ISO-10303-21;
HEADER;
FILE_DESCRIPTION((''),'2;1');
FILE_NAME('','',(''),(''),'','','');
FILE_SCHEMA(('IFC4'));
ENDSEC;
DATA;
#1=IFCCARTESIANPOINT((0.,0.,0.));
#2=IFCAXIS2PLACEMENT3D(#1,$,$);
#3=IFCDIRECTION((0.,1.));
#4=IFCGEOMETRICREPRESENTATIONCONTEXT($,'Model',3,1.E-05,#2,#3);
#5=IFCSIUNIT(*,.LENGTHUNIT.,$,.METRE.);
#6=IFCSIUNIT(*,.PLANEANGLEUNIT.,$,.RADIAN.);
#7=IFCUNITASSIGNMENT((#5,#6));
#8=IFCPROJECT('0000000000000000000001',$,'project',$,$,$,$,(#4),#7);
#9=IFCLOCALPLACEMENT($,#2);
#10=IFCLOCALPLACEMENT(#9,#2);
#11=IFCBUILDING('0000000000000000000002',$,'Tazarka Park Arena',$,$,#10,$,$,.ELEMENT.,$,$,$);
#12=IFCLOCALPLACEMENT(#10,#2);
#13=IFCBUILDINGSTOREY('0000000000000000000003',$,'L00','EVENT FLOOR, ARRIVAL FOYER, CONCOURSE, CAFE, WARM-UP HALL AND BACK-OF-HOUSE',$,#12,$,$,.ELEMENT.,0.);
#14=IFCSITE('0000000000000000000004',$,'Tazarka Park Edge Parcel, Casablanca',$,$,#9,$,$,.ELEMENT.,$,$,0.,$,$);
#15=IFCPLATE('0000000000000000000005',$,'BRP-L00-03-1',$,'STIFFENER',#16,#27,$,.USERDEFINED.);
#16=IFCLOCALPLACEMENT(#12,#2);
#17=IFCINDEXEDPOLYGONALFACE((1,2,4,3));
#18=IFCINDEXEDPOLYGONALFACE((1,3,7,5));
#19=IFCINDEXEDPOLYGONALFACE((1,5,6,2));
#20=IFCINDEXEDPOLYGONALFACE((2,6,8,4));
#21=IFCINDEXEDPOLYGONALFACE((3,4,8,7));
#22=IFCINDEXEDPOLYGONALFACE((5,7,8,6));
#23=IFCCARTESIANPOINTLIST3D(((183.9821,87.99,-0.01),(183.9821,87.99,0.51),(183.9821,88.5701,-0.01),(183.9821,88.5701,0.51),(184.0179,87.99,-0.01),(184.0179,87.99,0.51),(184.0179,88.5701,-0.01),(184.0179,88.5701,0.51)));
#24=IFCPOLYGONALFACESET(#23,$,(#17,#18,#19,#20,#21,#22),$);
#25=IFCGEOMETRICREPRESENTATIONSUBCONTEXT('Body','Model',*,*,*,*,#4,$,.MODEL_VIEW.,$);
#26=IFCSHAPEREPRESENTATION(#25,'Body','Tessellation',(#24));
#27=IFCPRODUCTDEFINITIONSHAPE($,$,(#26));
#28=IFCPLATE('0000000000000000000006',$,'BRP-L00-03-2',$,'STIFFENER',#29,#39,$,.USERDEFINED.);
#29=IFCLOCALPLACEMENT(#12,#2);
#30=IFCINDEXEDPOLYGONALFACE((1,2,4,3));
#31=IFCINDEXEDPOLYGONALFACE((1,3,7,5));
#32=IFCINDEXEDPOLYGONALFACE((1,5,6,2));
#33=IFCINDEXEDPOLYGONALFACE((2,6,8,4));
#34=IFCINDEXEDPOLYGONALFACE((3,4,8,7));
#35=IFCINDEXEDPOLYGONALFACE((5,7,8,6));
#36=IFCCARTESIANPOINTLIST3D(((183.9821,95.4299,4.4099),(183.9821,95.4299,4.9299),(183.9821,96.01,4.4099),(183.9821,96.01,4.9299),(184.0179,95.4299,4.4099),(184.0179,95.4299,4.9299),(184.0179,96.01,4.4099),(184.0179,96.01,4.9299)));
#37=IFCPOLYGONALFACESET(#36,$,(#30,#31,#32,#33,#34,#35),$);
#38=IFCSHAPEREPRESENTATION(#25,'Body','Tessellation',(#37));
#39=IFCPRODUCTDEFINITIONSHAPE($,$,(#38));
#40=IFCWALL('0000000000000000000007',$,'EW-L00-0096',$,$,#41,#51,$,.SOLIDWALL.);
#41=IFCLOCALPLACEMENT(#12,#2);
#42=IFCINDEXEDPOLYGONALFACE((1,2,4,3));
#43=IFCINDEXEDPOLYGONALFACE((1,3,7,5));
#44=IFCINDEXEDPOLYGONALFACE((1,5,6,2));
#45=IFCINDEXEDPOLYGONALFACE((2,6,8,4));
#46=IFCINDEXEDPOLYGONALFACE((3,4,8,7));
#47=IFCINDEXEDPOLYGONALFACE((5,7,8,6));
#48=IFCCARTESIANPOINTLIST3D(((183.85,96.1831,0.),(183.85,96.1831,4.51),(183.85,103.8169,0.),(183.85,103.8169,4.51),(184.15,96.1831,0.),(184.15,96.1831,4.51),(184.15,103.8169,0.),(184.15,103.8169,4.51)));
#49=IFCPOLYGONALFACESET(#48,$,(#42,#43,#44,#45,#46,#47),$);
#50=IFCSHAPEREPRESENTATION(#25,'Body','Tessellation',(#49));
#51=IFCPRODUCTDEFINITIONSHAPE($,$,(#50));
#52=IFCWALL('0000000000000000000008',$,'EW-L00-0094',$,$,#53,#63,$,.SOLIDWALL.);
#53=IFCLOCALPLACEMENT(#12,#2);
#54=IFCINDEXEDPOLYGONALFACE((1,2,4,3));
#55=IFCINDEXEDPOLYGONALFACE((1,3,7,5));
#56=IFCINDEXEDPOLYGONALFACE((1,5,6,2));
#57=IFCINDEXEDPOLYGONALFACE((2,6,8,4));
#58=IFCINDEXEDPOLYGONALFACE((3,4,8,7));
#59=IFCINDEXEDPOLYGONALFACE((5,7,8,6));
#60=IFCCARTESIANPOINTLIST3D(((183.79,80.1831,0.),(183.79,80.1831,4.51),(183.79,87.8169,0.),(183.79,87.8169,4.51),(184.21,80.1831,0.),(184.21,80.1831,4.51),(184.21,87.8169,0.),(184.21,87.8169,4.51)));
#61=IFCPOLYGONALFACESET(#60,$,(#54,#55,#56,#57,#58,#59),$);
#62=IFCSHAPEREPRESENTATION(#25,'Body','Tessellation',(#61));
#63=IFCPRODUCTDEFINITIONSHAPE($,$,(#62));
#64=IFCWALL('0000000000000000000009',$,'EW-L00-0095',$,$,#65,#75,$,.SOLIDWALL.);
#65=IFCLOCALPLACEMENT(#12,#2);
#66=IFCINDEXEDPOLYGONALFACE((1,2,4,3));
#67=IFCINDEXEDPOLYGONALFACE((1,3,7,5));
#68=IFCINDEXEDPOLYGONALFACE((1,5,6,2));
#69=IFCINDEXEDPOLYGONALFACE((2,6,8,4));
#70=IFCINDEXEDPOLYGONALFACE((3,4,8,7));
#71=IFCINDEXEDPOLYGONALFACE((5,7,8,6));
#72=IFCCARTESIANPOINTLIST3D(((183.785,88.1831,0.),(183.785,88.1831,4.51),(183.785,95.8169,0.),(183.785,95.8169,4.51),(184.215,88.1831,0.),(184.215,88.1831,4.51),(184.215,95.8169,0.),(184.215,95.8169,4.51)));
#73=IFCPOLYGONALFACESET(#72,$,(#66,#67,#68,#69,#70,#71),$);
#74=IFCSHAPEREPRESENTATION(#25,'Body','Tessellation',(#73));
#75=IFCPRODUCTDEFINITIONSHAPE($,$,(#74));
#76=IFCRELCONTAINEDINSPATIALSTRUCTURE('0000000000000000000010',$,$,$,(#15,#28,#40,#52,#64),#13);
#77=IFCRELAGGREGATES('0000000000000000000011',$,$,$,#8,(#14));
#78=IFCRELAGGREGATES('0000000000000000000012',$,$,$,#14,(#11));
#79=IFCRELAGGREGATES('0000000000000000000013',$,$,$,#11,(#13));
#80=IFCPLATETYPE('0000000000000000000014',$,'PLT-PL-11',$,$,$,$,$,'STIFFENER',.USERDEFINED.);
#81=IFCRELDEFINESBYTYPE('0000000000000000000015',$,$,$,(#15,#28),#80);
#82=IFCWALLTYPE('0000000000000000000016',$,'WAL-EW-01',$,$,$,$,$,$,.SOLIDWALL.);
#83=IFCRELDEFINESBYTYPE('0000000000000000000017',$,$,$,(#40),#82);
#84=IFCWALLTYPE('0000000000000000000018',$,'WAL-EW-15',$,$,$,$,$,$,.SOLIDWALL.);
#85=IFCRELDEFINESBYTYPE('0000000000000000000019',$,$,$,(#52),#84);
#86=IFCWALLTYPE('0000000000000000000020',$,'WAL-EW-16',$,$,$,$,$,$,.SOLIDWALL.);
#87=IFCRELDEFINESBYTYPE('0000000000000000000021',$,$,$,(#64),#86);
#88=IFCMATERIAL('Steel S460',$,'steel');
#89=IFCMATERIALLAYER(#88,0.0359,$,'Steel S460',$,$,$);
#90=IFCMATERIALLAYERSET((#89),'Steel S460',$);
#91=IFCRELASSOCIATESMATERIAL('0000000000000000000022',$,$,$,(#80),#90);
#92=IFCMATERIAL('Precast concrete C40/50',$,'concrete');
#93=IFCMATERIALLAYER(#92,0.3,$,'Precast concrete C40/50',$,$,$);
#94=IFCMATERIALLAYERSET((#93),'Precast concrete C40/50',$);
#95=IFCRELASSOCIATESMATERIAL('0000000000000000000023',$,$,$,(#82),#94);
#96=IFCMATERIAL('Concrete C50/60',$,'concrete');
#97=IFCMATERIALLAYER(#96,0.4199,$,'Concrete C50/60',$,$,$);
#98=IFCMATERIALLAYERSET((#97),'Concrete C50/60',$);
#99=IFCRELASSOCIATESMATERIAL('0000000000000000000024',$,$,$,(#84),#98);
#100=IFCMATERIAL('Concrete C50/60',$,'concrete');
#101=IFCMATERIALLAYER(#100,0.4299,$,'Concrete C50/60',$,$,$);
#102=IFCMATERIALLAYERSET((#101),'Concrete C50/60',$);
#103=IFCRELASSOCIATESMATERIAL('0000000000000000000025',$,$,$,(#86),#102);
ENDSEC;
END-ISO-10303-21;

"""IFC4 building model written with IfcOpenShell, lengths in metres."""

from ifc_helpers import new_model, si_unit, direction, frame, frame_2d, origin, origin_2d, place, context, subcontext, project, spatial, rectangle, extrude, material, layer, layer_set, type_object, element, save


model = new_model("IFC4")

# Units and contexts
model_context = context("Model", 3, precision=1e-05, world=origin(), true_north=direction((0.0, 1.0)))
body_context = subcontext(model_context, "Body", "Model", "MODEL_VIEW")
ifc_project = project(units=[si_unit("LENGTHUNIT", "METRE"), si_unit("PLANEANGLEUNIT", "RADIAN")], contexts=[model_context])

# Site, building, storey
site_placement = place(None, origin())
site = spatial("IfcSite", under=ifc_project, at=site_placement, Name="Tazarka Park Edge Parcel, Casablanca", CompositionType="ELEMENT", RefElevation=0.0)
building_placement = place(site_placement, origin())
building = spatial("IfcBuilding", under=site, at=building_placement, Name="Tazarka Park Arena", CompositionType="ELEMENT")
storey_placement = place(building_placement, origin())
storey = spatial("IfcBuildingStorey", under=building, at=storey_placement, Name="L00", Description="EVENT FLOOR, ARRIVAL FOYER, CONCOURSE, CAFE, WARM-UP HALL AND BACK-OF-HOUSE", CompositionType="ELEMENT", Elevation=0.0)

# Plates
ifc_material_1 = material(Name="Steel S460", Category="steel")
ifc_layer_1 = layer(ifc_material_1, 0.0359, Name="Steel S460")
ifc_layer_set_1 = layer_set([ifc_layer_1], Name="Steel S460")
plate_type_1 = type_object("IfcPlateType", Name="PLT-PL-11", ElementType="STIFFENER", PredefinedType="USERDEFINED", material=ifc_layer_set_1)
for number, where, z_axis, x_axis, name in (
    (1, (184.0, 88.28, -0.01), (0.0, 0.0, 1.0), (1.0, 0.0, 0.0), "BRP-L00-03-1"),
    (2, (184.0, 95.72, 4.4099), (0.0, 0.0, 1.0), (1.0, 0.0, 0.0), "BRP-L00-03-2"),
):
    element("IfcPlate", number, at=place(storey_placement, frame(where, z_axis=z_axis, x_axis=x_axis)), inside=storey, type_object=plate_type_1, Name=name, ObjectType="STIFFENER", PredefinedType="USERDEFINED", context=body_context, shape_type="SweptSolid", body=[
        extrude(rectangle(XDim=0.0359, YDim=0.5801, at=origin_2d()), origin(), (0.0, 0.0, 1.0), 0.52),
    ])

# Walls
ifc_material_2 = material(Name="Precast concrete C40/50", Category="concrete")
ifc_layer_2 = layer(ifc_material_2, 0.3, Name="Precast concrete C40/50")
ifc_layer_set_2 = layer_set([ifc_layer_2], Name="Precast concrete C40/50")
wall_type_1 = type_object("IfcWallType", Name="WAL-EW-01", PredefinedType="SOLIDWALL", material=ifc_layer_set_2)
wall_1_placement = place(storey_placement, frame((184.0, 103.8169, 0.0), z_axis=(0.0, 0.0, 1.0), x_axis=(0.0, -1.0, 0.0)))
element("IfcWall", 3, at=wall_1_placement, inside=storey, type_object=wall_type_1, Name="EW-L00-0096", PredefinedType="SOLIDWALL", context=body_context, shape_type="SweptSolid", body=[
    extrude(rectangle(XDim=7.6338, YDim=0.3, at=frame_2d((3.8169, 0.0))), origin(), (0.0, 0.0, 1.0), 4.51),
])
ifc_material_3 = material(Name="Concrete C50/60", Category="concrete")
ifc_layer_3 = layer(ifc_material_3, 0.4199, Name="Concrete C50/60")
ifc_layer_set_3 = layer_set([ifc_layer_3], Name="Concrete C50/60")
wall_type_2 = type_object("IfcWallType", Name="WAL-EW-15", PredefinedType="SOLIDWALL", material=ifc_layer_set_3)
wall_2_placement = place(storey_placement, frame((184.0, 87.8169, 0.0), z_axis=(0.0, 0.0, 1.0), x_axis=(0.0, -1.0, 0.0)))
element("IfcWall", 4, at=wall_2_placement, inside=storey, type_object=wall_type_2, Name="EW-L00-0094", PredefinedType="SOLIDWALL", context=body_context, shape_type="SweptSolid", body=[
    extrude(rectangle(XDim=7.6338, YDim=0.4199, at=frame_2d((3.8169, 0.0))), origin(), (0.0, 0.0, 1.0), 4.51),
])
ifc_material_4 = material(Name="Concrete C50/60", Category="concrete")
ifc_layer_4 = layer(ifc_material_4, 0.4299, Name="Concrete C50/60")
ifc_layer_set_4 = layer_set([ifc_layer_4], Name="Concrete C50/60")
wall_type_3 = type_object("IfcWallType", Name="WAL-EW-16", PredefinedType="SOLIDWALL", material=ifc_layer_set_4)
wall_3_placement = place(storey_placement, frame((184.0, 95.8169, 0.0), z_axis=(0.0, 0.0, 1.0), x_axis=(0.0, -1.0, 0.0)))
element("IfcWall", 5, at=wall_3_placement, inside=storey, type_object=wall_type_3, Name="EW-L00-0095", PredefinedType="SOLIDWALL", context=body_context, shape_type="SweptSolid", body=[
    extrude(rectangle(XDim=7.6338, YDim=0.4299, at=frame_2d((3.8169, 0.0))), origin(), (0.0, 0.0, 1.0), 4.51),
])

save(model, "model.ifc")
